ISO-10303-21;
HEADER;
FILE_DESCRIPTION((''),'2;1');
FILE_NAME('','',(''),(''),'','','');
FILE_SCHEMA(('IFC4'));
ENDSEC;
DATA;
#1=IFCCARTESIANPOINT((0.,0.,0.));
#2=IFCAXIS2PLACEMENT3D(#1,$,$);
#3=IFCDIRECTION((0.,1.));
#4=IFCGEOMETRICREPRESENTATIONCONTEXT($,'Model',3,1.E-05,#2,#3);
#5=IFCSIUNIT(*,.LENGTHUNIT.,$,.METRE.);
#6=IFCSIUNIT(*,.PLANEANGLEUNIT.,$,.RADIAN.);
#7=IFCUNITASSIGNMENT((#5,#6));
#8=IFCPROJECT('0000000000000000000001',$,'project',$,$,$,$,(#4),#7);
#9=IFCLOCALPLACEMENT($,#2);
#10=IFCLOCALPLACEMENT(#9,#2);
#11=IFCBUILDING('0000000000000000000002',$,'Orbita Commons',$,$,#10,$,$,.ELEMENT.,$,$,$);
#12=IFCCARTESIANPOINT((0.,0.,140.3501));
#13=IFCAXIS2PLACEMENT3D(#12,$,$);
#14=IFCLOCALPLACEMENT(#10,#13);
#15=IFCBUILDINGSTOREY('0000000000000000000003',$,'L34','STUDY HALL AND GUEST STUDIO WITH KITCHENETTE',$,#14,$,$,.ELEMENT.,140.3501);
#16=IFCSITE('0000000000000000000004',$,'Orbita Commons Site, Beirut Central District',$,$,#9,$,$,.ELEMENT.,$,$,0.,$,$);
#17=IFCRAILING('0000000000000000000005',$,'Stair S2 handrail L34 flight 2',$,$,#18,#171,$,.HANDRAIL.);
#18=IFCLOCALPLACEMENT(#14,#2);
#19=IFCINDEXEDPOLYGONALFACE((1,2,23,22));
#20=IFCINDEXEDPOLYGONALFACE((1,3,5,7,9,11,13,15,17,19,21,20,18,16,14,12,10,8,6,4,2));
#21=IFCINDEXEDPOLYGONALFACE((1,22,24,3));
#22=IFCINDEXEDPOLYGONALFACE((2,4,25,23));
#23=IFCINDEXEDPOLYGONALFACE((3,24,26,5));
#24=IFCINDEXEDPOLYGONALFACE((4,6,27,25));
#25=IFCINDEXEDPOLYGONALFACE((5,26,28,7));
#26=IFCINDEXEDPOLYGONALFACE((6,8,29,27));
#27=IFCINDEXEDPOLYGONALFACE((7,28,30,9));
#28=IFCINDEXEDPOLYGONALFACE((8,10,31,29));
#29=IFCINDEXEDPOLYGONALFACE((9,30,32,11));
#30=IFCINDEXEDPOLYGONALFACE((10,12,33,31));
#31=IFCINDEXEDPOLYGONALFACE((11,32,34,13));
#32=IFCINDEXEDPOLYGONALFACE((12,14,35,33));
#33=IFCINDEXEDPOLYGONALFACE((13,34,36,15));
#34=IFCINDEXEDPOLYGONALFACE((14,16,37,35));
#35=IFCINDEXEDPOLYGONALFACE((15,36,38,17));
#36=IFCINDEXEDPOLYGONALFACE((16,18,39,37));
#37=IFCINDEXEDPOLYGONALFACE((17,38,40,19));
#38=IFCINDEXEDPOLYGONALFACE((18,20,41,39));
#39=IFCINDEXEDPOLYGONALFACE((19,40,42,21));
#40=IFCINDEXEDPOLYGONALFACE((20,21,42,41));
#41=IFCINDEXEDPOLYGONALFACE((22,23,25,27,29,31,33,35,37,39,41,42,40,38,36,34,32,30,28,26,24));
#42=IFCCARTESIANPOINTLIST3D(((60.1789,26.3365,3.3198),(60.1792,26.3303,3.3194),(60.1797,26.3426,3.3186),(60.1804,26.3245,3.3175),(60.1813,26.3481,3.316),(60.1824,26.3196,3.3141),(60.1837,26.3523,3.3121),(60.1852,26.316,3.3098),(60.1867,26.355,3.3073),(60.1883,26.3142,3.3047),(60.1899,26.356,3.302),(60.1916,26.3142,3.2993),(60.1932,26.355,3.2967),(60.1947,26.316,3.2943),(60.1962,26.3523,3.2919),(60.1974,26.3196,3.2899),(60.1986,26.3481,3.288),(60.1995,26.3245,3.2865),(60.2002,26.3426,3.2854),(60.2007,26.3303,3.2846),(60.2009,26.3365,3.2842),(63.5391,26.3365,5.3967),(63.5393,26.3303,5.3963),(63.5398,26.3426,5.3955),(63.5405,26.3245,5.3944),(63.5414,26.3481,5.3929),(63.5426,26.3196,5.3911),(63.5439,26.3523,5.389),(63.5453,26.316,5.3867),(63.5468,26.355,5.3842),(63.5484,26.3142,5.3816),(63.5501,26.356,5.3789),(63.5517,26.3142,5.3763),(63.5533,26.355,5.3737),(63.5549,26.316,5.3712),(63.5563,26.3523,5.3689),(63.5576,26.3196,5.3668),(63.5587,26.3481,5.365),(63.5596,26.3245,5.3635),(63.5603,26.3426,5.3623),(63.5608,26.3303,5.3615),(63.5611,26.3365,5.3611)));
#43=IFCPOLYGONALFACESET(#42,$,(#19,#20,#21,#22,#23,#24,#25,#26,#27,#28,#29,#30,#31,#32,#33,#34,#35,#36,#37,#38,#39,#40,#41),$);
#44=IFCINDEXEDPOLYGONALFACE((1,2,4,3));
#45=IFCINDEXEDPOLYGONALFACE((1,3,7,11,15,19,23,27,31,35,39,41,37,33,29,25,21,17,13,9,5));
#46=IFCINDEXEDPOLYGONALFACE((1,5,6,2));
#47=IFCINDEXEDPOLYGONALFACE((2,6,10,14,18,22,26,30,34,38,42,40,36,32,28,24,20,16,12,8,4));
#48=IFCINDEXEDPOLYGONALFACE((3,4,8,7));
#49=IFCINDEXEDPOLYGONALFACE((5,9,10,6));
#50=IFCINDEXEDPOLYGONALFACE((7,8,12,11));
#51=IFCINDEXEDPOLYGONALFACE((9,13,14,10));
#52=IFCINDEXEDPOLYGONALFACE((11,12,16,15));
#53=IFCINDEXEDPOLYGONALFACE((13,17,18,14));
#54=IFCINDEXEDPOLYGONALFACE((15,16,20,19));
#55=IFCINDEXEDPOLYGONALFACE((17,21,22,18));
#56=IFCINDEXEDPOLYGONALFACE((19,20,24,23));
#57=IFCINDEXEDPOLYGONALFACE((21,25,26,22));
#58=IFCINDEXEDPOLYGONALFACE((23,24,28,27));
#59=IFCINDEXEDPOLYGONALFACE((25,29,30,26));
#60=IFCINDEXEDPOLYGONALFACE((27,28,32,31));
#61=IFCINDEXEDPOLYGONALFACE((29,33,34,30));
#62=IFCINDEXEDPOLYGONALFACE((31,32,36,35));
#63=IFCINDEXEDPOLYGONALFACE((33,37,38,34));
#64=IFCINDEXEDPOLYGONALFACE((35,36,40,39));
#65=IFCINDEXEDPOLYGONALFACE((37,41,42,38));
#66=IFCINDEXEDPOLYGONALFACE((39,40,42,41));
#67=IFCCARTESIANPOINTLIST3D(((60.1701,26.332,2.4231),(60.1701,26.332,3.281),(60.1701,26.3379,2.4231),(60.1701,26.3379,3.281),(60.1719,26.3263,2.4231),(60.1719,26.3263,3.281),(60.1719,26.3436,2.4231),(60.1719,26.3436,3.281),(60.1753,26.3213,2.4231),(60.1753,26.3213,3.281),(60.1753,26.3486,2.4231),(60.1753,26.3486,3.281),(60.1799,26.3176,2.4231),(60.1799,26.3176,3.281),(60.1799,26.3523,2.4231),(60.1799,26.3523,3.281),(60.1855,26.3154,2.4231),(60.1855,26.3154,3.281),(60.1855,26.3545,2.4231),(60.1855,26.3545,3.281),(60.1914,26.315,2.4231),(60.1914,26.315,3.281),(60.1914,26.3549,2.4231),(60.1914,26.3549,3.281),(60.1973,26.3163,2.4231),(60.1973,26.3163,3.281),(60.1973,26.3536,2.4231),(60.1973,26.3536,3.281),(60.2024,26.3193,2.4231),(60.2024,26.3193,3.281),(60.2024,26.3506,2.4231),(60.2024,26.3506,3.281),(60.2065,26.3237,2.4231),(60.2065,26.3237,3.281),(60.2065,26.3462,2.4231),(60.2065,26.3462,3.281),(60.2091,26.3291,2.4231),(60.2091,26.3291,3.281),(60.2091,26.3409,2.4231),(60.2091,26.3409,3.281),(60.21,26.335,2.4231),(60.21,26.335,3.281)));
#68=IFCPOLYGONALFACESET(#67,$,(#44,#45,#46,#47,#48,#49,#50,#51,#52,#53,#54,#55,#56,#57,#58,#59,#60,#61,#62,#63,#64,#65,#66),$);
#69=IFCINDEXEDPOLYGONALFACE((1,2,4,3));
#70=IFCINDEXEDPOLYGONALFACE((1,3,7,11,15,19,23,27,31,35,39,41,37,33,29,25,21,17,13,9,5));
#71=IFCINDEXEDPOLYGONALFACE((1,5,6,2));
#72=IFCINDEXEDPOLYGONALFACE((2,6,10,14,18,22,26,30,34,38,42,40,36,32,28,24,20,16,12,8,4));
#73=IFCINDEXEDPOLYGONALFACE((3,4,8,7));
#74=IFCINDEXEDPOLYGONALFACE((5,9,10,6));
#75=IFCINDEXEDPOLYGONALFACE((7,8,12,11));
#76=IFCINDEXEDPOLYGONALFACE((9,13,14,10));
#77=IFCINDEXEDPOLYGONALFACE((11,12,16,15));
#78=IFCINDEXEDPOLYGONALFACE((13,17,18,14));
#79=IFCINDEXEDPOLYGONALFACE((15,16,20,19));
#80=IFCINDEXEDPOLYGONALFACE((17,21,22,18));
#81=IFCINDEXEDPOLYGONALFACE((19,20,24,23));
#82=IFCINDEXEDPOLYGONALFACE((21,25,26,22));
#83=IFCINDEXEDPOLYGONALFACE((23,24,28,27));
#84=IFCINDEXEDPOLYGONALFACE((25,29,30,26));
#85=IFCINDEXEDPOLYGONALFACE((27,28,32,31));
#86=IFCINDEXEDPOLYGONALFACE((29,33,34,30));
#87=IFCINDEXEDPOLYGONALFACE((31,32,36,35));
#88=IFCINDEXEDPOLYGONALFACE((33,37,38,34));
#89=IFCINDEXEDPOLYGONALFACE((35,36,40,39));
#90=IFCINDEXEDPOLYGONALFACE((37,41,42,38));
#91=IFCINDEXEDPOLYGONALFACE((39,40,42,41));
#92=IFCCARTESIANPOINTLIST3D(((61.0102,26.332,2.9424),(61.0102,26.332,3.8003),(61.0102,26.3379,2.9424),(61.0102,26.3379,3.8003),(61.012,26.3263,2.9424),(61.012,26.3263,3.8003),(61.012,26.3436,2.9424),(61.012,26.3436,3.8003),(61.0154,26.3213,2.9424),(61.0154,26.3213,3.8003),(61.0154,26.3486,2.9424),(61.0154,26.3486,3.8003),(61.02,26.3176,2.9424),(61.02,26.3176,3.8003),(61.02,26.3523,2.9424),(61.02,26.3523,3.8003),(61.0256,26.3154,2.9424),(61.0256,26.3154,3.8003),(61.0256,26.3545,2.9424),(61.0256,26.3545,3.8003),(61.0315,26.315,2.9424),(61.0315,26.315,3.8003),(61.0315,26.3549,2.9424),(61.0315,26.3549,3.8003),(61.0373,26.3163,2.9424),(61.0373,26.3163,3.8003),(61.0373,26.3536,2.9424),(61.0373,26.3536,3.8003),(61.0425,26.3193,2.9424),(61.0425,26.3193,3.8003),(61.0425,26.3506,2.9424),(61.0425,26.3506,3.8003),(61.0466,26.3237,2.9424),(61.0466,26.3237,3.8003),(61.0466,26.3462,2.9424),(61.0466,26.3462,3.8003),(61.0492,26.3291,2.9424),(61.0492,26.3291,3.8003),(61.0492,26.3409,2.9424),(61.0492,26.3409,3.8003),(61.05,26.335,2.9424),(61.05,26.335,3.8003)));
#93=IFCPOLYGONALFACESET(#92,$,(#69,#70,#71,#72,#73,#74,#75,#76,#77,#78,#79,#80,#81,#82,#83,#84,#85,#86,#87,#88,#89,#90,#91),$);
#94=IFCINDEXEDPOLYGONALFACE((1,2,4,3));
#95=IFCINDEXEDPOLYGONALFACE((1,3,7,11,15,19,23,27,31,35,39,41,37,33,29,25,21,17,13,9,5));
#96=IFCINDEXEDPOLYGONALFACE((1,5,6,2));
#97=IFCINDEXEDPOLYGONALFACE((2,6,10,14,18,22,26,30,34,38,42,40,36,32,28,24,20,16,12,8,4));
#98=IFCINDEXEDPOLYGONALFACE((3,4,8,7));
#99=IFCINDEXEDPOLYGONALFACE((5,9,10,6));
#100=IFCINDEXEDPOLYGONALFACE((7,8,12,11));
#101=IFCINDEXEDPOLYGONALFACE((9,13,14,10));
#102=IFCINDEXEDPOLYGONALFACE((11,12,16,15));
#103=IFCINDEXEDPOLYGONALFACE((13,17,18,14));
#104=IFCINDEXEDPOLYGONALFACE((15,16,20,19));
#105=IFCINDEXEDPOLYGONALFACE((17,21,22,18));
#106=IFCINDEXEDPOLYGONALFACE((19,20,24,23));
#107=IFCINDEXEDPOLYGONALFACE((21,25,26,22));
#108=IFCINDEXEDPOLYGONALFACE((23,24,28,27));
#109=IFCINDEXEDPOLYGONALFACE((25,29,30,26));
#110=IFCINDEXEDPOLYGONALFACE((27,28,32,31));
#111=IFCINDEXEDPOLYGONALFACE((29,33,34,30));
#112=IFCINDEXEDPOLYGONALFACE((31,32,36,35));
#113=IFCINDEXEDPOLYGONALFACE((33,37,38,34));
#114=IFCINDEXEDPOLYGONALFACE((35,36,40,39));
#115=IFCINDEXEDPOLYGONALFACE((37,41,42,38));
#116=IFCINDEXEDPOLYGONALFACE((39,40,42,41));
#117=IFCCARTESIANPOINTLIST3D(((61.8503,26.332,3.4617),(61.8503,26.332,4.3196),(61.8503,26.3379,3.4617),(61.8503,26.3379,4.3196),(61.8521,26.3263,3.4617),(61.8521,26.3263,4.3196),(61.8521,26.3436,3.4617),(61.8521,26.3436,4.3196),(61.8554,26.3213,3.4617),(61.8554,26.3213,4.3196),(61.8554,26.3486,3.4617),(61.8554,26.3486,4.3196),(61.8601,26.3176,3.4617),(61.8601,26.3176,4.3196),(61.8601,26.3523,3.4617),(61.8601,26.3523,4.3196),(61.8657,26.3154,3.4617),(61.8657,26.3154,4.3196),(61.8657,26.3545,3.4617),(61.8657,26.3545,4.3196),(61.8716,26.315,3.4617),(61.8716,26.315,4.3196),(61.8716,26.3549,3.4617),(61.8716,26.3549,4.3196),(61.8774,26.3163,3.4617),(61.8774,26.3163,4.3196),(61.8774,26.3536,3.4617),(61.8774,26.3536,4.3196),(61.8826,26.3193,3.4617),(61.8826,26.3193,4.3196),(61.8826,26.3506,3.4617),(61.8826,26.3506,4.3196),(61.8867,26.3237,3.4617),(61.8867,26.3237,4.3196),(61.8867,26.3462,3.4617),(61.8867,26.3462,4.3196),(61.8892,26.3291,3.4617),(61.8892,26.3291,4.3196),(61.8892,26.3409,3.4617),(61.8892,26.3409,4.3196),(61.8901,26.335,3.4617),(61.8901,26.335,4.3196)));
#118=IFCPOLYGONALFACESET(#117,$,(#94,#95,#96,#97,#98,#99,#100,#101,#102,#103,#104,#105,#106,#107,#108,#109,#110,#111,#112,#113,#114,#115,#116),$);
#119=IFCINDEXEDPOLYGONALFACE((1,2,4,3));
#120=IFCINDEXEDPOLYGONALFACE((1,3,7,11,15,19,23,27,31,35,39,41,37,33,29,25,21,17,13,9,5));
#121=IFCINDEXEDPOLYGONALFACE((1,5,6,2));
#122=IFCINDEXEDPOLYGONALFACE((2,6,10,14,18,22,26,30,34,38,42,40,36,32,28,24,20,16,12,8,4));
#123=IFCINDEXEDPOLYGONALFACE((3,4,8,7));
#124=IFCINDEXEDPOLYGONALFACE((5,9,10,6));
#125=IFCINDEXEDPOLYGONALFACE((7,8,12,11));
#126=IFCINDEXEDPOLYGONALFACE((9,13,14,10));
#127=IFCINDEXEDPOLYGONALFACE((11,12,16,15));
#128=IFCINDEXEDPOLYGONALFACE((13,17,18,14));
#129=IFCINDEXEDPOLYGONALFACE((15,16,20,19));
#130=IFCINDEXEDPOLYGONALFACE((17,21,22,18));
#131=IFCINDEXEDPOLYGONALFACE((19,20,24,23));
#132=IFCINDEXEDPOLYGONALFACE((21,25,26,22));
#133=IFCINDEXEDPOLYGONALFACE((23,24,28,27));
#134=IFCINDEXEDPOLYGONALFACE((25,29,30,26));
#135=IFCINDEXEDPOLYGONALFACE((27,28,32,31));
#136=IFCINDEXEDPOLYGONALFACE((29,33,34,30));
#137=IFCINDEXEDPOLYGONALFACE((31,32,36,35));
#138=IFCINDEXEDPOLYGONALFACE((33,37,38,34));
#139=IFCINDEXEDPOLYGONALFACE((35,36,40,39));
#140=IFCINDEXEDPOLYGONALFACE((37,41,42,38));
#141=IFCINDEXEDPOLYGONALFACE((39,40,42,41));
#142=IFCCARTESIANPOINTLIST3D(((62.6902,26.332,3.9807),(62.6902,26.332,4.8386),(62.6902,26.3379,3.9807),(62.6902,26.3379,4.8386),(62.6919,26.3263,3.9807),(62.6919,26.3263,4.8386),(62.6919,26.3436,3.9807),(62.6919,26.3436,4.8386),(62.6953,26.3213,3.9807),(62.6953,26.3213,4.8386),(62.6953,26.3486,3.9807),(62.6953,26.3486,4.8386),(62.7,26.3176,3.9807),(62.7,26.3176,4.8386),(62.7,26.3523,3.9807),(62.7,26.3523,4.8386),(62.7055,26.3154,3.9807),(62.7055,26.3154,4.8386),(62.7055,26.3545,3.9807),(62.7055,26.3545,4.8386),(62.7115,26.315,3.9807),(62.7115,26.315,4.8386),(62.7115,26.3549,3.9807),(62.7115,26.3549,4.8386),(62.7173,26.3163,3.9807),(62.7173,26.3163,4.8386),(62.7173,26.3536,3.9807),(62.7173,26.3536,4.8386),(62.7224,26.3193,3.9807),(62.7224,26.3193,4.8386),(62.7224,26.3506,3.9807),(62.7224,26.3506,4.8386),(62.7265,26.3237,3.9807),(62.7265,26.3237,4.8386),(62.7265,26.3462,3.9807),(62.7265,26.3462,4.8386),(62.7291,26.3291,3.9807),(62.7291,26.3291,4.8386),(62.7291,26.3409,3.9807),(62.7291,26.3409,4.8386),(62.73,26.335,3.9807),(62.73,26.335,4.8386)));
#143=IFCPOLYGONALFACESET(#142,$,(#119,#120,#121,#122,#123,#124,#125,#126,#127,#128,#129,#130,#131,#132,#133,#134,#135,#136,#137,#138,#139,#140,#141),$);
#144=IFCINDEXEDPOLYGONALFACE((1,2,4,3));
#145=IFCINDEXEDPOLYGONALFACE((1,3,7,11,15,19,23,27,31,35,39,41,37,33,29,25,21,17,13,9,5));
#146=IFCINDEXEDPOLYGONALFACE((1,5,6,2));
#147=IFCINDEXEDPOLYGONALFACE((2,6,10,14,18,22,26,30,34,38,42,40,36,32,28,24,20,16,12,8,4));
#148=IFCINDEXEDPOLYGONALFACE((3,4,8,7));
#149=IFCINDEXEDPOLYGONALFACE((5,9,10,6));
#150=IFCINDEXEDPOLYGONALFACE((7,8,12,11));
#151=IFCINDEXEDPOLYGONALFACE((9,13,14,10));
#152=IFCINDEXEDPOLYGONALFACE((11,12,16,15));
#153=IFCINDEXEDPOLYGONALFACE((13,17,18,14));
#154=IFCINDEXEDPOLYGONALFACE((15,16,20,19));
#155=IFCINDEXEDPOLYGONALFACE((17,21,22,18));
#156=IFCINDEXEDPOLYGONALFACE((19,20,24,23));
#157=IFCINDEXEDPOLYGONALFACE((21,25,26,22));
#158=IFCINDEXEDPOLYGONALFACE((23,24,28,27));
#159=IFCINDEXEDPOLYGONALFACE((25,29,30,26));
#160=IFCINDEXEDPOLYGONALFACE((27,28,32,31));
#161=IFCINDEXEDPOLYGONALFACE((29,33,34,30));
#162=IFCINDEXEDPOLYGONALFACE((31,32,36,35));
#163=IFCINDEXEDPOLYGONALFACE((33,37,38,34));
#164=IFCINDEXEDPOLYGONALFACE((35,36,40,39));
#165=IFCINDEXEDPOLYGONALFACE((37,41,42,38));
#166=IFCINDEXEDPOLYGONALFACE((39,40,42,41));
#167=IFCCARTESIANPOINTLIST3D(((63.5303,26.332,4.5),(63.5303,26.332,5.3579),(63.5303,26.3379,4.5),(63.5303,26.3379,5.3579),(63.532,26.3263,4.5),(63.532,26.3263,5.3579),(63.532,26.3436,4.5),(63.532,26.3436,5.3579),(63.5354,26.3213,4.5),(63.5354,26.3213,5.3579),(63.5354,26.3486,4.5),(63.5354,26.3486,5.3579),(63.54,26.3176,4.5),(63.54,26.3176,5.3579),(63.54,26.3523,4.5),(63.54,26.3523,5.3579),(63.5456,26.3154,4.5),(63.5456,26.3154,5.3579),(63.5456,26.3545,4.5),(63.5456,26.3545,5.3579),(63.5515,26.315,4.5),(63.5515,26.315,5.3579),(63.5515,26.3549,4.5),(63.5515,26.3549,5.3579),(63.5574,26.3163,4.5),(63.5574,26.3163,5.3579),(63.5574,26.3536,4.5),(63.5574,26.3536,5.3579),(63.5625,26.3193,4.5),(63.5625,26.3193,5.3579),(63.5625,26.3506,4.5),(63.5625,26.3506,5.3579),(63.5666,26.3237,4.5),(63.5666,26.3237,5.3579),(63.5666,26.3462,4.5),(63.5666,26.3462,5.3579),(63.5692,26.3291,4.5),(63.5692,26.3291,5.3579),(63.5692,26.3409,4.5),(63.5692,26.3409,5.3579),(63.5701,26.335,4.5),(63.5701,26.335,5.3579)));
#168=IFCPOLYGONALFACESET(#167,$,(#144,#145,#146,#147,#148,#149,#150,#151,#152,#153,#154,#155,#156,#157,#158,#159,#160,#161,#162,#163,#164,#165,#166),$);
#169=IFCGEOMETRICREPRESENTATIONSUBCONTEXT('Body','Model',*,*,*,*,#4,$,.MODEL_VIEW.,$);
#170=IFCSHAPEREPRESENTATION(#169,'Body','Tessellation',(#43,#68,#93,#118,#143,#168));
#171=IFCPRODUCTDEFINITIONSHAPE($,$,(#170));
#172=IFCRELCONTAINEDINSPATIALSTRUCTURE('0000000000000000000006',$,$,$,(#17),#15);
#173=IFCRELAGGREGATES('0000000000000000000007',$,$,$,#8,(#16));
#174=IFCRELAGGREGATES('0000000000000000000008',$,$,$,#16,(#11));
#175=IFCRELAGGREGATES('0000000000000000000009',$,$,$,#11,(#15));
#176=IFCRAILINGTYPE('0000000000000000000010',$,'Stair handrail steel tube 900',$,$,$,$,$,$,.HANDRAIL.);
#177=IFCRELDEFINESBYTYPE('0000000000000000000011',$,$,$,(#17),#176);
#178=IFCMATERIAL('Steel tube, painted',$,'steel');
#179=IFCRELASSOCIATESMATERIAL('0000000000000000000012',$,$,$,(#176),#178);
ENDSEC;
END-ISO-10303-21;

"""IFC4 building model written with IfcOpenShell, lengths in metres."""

from ifc_helpers import new_model, si_unit, direction, frame, origin, origin_2d, place, context, subcontext, project, spatial, circle, extrude, material, type_object, element, save


model = new_model("IFC4")

# Units and contexts
model_context = context("Model", 3, precision=1e-05, world=origin(), true_north=direction((0.0, 1.0)))
body_context = subcontext(model_context, "Body", "Model", "MODEL_VIEW")
ifc_project = project(units=[si_unit("LENGTHUNIT", "METRE"), si_unit("PLANEANGLEUNIT", "RADIAN")], contexts=[model_context])

# Site, building, storey
site_placement = place(None, origin())
site = spatial("IfcSite", under=ifc_project, at=site_placement, Name="Orbita Commons Site, Beirut Central District", CompositionType="ELEMENT", RefElevation=0.0)
building_placement = place(site_placement, origin())
building = spatial("IfcBuilding", under=site, at=building_placement, Name="Orbita Commons", CompositionType="ELEMENT")
storey_placement = place(building_placement, frame((0.0, 0.0, 140.3501)))
storey = spatial("IfcBuildingStorey", under=building, at=storey_placement, Name="L34", Description="STUDY HALL AND GUEST STUDIO WITH KITCHENETTE", CompositionType="ELEMENT", Elevation=140.3501)

# Railing
ifc_material_1 = material(Name="Steel tube, painted", Category="steel")
railing_type = type_object("IfcRailingType", Name="Stair handrail steel tube 900", PredefinedType="HANDRAIL", material=ifc_material_1)
for number, where, name in (
    (1, (60.1899, 26.335, 2.4231), "Stair S2 handrail L34 flight 2"),
):
    element("IfcRailing", number, at=place(storey_placement, frame(where)), inside=storey, type_object=railing_type, Name=name, PredefinedType="HANDRAIL", context=body_context, shape_type="SweptSolid", body=[
        extrude(circle(Radius=0.021, at=origin_2d()), frame((0.0, 0.0, 0.8789), z_axis=(0.850623, 0.0, 0.525776), x_axis=(0.0, 1.0, 0.0)), (0.0, 0.0, 1.0), 3.9502),
        extrude(circle(Radius=0.02, at=origin_2d()), origin(), (0.0, 0.0, 1.0), 0.8579),
        extrude(circle(Radius=0.02, at=origin_2d()), frame((0.8401, 0.0, 0.5193)), (0.0, 0.0, 1.0), 0.8579),
        extrude(circle(Radius=0.02, at=origin_2d()), frame((1.6802, 0.0, 1.0386)), (0.0, 0.0, 1.0), 0.8579),
        extrude(circle(Radius=0.02, at=origin_2d()), frame((2.52, 0.0, 1.5576)), (0.0, 0.0, 1.0), 0.8579),
        extrude(circle(Radius=0.02, at=origin_2d()), frame((3.3601, 0.0, 2.0769)), (0.0, 0.0, 1.0), 0.8579),
    ])

save(model, "model.ifc")
